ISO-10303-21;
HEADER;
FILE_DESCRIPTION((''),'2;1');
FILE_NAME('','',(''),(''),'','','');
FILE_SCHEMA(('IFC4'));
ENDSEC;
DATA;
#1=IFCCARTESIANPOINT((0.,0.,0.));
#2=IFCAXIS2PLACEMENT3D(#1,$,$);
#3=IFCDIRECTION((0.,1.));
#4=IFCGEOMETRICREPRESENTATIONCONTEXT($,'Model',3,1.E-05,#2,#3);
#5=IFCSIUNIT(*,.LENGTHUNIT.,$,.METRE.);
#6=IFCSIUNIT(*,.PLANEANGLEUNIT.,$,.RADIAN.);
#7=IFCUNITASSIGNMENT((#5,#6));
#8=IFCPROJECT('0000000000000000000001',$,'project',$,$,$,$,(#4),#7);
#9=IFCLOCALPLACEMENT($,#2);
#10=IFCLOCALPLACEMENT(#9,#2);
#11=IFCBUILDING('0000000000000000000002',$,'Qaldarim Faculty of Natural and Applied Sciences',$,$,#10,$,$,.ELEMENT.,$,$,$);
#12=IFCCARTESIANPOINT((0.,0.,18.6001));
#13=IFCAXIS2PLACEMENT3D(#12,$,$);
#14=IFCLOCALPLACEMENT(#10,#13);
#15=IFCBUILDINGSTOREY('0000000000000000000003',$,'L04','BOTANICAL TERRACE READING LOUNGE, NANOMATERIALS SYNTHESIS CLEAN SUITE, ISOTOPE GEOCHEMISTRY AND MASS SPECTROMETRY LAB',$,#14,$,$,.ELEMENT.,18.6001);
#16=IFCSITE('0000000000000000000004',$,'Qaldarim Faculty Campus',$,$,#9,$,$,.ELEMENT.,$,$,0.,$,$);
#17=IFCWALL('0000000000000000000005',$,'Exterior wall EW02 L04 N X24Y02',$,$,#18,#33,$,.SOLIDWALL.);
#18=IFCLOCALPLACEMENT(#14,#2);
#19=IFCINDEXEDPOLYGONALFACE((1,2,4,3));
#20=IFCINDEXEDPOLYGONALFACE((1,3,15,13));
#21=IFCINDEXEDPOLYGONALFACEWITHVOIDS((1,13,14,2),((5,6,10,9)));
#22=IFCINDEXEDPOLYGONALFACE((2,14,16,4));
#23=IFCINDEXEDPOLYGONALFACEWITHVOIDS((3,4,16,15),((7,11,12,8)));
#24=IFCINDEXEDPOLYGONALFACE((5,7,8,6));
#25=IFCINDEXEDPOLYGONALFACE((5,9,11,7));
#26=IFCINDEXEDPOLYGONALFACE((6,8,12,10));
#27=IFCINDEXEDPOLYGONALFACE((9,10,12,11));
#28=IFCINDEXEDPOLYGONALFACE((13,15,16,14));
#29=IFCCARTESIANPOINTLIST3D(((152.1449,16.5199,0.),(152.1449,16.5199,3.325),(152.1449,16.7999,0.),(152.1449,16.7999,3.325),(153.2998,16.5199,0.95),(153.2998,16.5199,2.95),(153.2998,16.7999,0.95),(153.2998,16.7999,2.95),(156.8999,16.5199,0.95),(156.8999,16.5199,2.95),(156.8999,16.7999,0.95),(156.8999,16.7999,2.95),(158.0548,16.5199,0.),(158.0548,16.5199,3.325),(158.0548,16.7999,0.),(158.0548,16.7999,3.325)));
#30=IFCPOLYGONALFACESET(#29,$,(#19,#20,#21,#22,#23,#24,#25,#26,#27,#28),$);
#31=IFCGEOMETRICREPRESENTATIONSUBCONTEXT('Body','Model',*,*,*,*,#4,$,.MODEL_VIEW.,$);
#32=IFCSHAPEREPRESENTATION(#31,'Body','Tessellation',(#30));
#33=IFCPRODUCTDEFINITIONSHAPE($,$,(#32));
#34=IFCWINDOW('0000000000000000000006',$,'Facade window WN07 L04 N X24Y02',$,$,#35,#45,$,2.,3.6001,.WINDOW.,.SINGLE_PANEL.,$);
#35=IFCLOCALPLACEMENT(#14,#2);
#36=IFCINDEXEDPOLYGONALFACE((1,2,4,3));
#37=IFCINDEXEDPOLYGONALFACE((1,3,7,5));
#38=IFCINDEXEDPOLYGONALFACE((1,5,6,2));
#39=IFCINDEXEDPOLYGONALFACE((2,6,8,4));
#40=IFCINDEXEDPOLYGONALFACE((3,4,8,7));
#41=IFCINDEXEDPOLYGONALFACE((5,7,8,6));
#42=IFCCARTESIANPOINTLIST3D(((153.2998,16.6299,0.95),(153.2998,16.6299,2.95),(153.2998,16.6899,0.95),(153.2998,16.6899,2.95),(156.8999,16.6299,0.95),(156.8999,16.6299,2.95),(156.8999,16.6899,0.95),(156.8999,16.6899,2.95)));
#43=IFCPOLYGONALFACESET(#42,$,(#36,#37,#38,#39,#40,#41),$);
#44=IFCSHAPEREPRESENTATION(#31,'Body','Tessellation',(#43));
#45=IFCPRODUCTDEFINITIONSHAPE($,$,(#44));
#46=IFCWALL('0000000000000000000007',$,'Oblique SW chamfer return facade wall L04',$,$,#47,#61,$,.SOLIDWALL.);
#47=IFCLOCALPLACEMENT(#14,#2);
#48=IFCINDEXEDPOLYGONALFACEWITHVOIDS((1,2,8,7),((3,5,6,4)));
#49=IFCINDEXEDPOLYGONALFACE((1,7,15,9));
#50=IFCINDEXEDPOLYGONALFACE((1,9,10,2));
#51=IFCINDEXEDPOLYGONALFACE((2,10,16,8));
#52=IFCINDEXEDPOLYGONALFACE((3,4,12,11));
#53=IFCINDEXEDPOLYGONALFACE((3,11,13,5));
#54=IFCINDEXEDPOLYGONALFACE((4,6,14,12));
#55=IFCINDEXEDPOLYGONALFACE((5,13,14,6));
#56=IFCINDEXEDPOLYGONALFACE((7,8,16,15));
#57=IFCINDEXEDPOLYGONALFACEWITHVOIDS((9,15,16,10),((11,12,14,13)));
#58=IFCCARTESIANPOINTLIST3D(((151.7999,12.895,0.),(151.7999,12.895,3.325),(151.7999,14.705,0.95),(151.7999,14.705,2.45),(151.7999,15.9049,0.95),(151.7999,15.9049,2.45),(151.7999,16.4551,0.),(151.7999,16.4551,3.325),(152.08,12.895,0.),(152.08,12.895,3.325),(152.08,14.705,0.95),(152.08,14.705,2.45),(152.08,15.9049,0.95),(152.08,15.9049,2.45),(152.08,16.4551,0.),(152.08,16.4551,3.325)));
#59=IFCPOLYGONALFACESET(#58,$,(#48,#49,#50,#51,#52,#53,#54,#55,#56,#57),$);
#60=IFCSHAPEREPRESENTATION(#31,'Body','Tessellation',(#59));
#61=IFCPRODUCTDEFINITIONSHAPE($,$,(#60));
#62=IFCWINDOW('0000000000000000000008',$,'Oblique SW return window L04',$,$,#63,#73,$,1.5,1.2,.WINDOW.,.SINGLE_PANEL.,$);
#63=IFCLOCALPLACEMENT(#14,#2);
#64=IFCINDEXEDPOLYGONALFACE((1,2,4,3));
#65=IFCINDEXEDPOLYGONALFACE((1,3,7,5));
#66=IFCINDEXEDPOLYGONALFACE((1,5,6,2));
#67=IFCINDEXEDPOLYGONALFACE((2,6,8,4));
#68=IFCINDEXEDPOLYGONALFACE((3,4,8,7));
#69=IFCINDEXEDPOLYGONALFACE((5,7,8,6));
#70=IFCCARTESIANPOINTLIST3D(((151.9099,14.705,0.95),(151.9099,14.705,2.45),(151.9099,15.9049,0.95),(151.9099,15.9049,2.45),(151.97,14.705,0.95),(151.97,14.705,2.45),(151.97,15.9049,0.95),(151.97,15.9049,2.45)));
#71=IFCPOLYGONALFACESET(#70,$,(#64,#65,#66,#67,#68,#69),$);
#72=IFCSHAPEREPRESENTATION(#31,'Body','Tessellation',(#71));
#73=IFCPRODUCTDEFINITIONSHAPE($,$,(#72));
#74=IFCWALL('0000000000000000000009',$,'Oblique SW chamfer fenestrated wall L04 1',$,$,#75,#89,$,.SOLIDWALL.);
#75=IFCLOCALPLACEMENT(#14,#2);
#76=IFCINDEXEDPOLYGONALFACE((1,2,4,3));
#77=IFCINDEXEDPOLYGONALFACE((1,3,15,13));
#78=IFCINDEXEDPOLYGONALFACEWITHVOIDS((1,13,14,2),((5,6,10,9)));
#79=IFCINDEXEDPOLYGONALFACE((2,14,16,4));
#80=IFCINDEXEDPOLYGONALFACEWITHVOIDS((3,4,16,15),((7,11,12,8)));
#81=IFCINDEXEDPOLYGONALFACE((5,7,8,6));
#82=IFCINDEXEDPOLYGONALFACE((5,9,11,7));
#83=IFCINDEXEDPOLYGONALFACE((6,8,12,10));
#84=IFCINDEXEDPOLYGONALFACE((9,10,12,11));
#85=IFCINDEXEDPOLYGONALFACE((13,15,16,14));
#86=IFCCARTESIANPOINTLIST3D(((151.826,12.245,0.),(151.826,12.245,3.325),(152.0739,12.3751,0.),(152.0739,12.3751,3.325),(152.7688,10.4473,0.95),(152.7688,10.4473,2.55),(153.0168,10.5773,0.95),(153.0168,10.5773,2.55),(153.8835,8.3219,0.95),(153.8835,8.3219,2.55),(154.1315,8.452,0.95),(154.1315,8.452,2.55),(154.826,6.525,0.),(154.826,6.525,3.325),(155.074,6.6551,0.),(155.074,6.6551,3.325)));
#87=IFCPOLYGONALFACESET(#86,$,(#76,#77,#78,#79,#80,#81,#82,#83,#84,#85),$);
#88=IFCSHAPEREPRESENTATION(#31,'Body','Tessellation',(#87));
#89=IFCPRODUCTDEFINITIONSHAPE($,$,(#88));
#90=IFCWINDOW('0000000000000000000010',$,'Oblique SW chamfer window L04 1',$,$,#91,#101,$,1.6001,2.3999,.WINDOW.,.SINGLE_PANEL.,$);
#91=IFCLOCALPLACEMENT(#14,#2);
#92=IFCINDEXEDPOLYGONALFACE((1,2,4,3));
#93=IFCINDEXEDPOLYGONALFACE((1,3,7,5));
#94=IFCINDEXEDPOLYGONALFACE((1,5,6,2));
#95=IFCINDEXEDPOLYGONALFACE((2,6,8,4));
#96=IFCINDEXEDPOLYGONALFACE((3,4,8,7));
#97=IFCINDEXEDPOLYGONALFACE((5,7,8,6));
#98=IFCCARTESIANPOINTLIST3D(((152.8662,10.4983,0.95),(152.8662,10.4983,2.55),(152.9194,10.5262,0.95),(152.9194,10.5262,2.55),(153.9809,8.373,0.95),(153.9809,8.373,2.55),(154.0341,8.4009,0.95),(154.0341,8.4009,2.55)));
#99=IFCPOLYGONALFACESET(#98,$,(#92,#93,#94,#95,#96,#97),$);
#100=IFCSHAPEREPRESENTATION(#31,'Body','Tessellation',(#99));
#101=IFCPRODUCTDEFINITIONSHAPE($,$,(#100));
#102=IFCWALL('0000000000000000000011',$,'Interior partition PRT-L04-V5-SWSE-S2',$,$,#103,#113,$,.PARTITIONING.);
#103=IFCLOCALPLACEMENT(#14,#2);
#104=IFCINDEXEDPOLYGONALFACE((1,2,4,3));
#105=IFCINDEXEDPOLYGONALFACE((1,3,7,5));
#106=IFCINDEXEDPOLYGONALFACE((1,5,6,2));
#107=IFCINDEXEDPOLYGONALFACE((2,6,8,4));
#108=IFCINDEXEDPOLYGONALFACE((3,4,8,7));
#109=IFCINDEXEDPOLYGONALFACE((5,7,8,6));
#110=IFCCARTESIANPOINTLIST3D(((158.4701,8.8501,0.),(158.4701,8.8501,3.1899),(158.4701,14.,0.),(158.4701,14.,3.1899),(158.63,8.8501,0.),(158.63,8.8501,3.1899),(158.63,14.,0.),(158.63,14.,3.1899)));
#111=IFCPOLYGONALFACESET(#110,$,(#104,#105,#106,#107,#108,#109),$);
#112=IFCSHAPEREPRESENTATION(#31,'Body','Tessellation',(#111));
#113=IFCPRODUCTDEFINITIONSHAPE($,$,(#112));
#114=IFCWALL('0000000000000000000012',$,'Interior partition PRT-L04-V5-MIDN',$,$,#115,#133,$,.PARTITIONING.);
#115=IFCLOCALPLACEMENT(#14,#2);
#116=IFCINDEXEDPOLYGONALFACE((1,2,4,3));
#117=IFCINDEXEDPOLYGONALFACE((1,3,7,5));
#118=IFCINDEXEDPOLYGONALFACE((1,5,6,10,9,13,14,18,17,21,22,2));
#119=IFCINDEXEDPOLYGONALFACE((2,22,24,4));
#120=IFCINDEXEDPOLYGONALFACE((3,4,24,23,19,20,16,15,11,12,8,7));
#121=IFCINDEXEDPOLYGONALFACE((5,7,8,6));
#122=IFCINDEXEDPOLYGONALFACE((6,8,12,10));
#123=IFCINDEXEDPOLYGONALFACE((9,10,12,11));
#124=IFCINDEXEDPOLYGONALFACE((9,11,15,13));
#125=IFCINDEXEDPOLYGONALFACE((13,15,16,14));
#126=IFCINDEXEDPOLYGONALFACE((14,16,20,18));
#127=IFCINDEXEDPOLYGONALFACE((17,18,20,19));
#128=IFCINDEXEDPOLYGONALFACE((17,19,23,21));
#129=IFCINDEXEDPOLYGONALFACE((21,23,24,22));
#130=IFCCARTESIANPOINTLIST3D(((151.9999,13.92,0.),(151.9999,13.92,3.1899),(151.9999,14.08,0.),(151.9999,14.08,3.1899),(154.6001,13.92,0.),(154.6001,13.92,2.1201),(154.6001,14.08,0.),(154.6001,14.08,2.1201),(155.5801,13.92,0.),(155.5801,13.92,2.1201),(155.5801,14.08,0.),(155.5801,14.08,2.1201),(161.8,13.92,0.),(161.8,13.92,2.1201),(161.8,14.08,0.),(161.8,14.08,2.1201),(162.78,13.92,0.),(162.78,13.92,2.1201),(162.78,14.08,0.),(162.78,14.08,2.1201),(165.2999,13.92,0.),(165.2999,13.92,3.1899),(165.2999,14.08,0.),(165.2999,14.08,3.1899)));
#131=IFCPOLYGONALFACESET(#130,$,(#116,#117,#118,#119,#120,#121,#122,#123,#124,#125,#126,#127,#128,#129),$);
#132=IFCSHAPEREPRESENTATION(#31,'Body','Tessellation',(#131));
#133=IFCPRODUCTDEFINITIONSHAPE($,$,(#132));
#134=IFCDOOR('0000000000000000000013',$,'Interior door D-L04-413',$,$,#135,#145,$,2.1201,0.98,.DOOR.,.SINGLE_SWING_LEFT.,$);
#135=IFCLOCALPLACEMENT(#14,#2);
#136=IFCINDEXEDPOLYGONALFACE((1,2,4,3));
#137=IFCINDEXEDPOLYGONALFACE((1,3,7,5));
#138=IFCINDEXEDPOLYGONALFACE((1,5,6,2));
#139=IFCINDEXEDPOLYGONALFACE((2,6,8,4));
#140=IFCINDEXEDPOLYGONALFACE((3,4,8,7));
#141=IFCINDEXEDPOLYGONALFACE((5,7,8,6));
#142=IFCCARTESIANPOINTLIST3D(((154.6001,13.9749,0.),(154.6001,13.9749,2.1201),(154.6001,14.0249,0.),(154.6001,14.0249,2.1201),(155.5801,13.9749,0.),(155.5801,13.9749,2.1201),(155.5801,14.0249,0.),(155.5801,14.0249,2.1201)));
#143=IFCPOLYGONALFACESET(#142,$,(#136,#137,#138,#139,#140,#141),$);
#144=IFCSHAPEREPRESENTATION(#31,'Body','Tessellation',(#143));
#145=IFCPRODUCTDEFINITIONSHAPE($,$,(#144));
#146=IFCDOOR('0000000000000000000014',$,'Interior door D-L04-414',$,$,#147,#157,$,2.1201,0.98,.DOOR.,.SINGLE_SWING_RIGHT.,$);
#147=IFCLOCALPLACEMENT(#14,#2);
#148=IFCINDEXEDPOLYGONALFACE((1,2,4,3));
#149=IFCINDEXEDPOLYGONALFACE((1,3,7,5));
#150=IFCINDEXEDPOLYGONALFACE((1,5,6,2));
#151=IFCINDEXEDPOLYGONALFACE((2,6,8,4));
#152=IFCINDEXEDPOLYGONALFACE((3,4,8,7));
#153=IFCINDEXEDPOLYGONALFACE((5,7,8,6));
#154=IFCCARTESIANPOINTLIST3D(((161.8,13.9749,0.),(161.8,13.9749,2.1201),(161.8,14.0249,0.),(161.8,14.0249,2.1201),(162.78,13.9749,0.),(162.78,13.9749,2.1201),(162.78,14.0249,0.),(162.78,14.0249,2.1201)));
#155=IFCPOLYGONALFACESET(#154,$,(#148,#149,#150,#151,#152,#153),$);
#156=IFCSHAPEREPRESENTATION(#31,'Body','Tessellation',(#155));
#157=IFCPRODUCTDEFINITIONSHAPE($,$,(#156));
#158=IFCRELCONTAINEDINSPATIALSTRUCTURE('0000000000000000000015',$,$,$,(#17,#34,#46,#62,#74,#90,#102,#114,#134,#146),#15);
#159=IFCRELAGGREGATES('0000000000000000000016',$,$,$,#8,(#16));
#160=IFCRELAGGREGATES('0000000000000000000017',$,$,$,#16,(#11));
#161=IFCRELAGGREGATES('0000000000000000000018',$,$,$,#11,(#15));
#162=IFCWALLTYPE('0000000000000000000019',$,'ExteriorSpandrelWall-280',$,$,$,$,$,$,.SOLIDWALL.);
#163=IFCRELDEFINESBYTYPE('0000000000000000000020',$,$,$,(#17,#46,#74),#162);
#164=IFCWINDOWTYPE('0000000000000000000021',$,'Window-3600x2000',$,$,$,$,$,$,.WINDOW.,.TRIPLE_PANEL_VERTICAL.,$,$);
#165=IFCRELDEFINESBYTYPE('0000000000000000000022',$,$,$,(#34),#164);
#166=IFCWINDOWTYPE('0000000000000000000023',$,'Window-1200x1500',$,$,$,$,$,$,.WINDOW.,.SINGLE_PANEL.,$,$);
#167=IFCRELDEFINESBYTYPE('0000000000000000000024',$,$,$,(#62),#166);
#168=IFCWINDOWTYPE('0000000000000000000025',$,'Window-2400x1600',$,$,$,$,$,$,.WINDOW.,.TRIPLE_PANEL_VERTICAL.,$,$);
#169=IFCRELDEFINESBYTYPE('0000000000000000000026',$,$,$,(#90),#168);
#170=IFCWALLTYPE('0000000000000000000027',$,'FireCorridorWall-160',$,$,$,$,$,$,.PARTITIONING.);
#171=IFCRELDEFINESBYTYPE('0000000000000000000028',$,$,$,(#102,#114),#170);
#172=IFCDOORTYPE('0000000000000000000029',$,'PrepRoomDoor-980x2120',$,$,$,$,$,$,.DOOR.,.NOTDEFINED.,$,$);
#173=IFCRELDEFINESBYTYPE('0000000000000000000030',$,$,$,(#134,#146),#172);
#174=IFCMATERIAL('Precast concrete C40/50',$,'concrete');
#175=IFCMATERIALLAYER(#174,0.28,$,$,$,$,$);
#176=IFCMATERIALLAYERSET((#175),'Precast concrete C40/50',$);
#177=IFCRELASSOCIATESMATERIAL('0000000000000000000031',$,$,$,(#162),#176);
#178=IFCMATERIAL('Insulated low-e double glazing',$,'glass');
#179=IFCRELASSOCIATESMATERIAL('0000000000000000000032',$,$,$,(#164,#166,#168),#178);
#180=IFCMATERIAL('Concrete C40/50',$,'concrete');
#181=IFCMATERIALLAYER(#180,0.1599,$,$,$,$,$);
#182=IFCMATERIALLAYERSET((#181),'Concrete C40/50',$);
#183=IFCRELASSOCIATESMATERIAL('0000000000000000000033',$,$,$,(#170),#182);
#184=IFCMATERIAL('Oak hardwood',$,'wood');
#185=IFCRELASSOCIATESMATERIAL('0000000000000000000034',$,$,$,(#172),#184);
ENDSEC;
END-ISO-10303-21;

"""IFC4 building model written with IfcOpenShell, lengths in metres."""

from ifc_helpers import new_model, si_unit, direction, frame, frame_2d, origin, place, context, subcontext, project, spatial, rectangle, extrude, material, layer, layer_set, type_object, element, fill, save


model = new_model("IFC4")

# Units and contexts
model_context = context("Model", 3, precision=1e-05, world=origin(), true_north=direction((0.0, 1.0)))
body_context = subcontext(model_context, "Body", "Model", "MODEL_VIEW")
ifc_project = project(units=[si_unit("LENGTHUNIT", "METRE"), si_unit("PLANEANGLEUNIT", "RADIAN")], contexts=[model_context])

# Site, building, storey
site_placement = place(None, origin())
site = spatial("IfcSite", under=ifc_project, at=site_placement, Name="Qaldarim Faculty Campus", CompositionType="ELEMENT", RefElevation=0.0)
building_placement = place(site_placement, origin())
building = spatial("IfcBuilding", under=site, at=building_placement, Name="Qaldarim Faculty of Natural and Applied Sciences", CompositionType="ELEMENT")
storey_placement = place(building_placement, frame((0.0, 0.0, 18.6001)))
storey = spatial("IfcBuildingStorey", under=building, at=storey_placement, Name="L04", Description="BOTANICAL TERRACE READING LOUNGE, NANOMATERIALS SYNTHESIS CLEAN SUITE, ISOTOPE GEOCHEMISTRY AND MASS SPECTROMETRY LAB", CompositionType="ELEMENT", Elevation=18.6001)

# Shared definitions
ifc_material_1 = material(Name="Concrete C40/50", Category="concrete")

# Shared definitions
ifc_material_2 = material(Name="Precast concrete C40/50", Category="concrete")

# Walls, openings, windows
ifc_layer_1 = layer(ifc_material_2, 0.28)
ifc_layer_set_1 = layer_set([ifc_layer_1], Name="Precast concrete C40/50")
wall_type_1 = type_object("IfcWallType", Name="ExteriorSpandrelWall-280", PredefinedType="SOLIDWALL", material=ifc_layer_set_1)
wall_1_placement = place(storey_placement, frame((158.0549, 16.6599, 0.0), z_axis=(0.0, 0.0, 1.0), x_axis=(-1.0, 0.0, 0.0)))
wall_1 = element("IfcWall", 1, at=wall_1_placement, inside=storey, type_object=wall_type_1, Name="Exterior wall EW02 L04 N X24Y02", PredefinedType="SOLIDWALL", context=body_context, shape_type="SweptSolid", body=[
    extrude(rectangle(XDim=5.9099, YDim=0.28, at=frame_2d((2.9551, 0.0))), origin(), (0.0, 0.0, 1.0), 3.325),
])
opening_1_placement = place(wall_1_placement, frame((1.155, 0.0, 0.95)))
opening_1 = element("IfcOpeningElement", 2, at=opening_1_placement, cuts=wall_1, PredefinedType="OPENING", context=body_context, shape_type="SweptSolid", body=[
    extrude(rectangle(XDim=3.6001, YDim=2.0, at=frame_2d((1.8, 1.0))), frame((0.0, 0.1499, 0.0), z_axis=(0.0, -1.0, 0.0), x_axis=(1.0, 0.0, 0.0)), (0.0, 0.0, 1.0), 0.3),
])
ifc_material_3 = material(Name="Insulated low-e double glazing", Category="glass")
window_type_1 = type_object("IfcWindowType", Name="Window-3600x2000", PartitioningType="TRIPLE_PANEL_VERTICAL", PredefinedType="WINDOW", material=ifc_material_3)
window_1_placement = place(opening_1_placement, origin())
window_1 = element("IfcWindow", 3, at=window_1_placement, inside=storey, type_object=window_type_1, Name="Facade window WN07 L04 N X24Y02", OverallHeight=2.0, OverallWidth=3.6001, PartitioningType="SINGLE_PANEL", PredefinedType="WINDOW", context=body_context, shape_type="SweptSolid", body=[
    extrude(rectangle(XDim=3.6001, YDim=2.0, at=frame_2d((1.8, 1.0))), frame((0.0, 0.03, 0.0), z_axis=(0.0, -1.0, 0.0), x_axis=(1.0, 0.0, 0.0)), (0.0, 0.0, 1.0), 0.0601),
])
fill(opening_1, window_1)
wall_2_placement = place(storey_placement, frame((151.9399, 16.4551, 0.0), z_axis=(0.0, 0.0, 1.0), x_axis=(0.0, -1.0, 0.0)))
wall_2 = element("IfcWall", 4, at=wall_2_placement, inside=storey, type_object=wall_type_1, Name="Oblique SW chamfer return facade wall L04", PredefinedType="SOLIDWALL", context=body_context, shape_type="SweptSolid", body=[
    extrude(rectangle(XDim=3.5601, YDim=0.28, at=frame_2d((1.78, 0.0))), origin(), (0.0, 0.0, 1.0), 3.325),
])
opening_2_placement = place(wall_2_placement, frame((0.55, 0.0, 0.95)))
opening_2 = element("IfcOpeningElement", 5, at=opening_2_placement, cuts=wall_2, PredefinedType="OPENING", context=body_context, shape_type="SweptSolid", body=[
    extrude(rectangle(XDim=1.2, YDim=1.5, at=frame_2d((0.6001, 0.75))), frame((0.0, 0.1499, 0.0), z_axis=(0.0, -1.0, 0.0), x_axis=(1.0, 0.0, 0.0)), (0.0, 0.0, 1.0), 0.3),
])
window_type_2 = type_object("IfcWindowType", Name="Window-1200x1500", PartitioningType="SINGLE_PANEL", PredefinedType="WINDOW", material=ifc_material_3)
window_2_placement = place(opening_2_placement, origin())
window_2 = element("IfcWindow", 6, at=window_2_placement, inside=storey, type_object=window_type_2, Name="Oblique SW return window L04", OverallHeight=1.5, OverallWidth=1.2, PartitioningType="SINGLE_PANEL", PredefinedType="WINDOW", context=body_context, shape_type="SweptSolid", body=[
    extrude(rectangle(XDim=1.2, YDim=1.5, at=frame_2d((0.6001, 0.75))), frame((0.0, 0.03, 0.0), z_axis=(0.0, -1.0, 0.0), x_axis=(1.0, 0.0, 0.0)), (0.0, 0.0, 1.0), 0.0601),
])
fill(opening_2, window_2)
wall_3_placement = place(storey_placement, frame((151.95, 12.3101, 0.0), z_axis=(0.0, 0.0, 1.0), x_axis=(0.464472, -0.885588, 0.0)))
wall_3 = element("IfcWall", 7, at=wall_3_placement, inside=storey, type_object=wall_type_1, Name="Oblique SW chamfer fenestrated wall L04 1", PredefinedType="SOLIDWALL", context=body_context, shape_type="SweptSolid", body=[
    extrude(rectangle(XDim=6.459, YDim=0.28, at=frame_2d((3.2295, 0.0))), origin(), (0.0, 0.0, 1.0), 3.325),
])
opening_3_placement = place(wall_3_placement, frame((2.03, 0.0, 0.95)))
opening_3 = element("IfcOpeningElement", 8, at=opening_3_placement, cuts=wall_3, PredefinedType="OPENING", context=body_context, shape_type="SweptSolid", body=[
    extrude(rectangle(XDim=2.3999, YDim=1.6001, at=frame_2d((1.2, 0.8))), frame((0.0, 0.1499, 0.0), z_axis=(0.0, -1.0, 0.0), x_axis=(1.0, 0.0, 0.0)), (0.0, 0.0, 1.0), 0.3),
])
window_type_3 = type_object("IfcWindowType", Name="Window-2400x1600", PartitioningType="TRIPLE_PANEL_VERTICAL", PredefinedType="WINDOW", material=ifc_material_3)
window_3_placement = place(opening_3_placement, origin())
window_3 = element("IfcWindow", 9, at=window_3_placement, inside=storey, type_object=window_type_3, Name="Oblique SW chamfer window L04 1", OverallHeight=1.6001, OverallWidth=2.3999, PartitioningType="SINGLE_PANEL", PredefinedType="WINDOW", context=body_context, shape_type="SweptSolid", body=[
    extrude(rectangle(XDim=2.3999, YDim=1.6001, at=frame_2d((1.2, 0.8))), frame((0.0, 0.03, 0.0), z_axis=(0.0, -1.0, 0.0), x_axis=(1.0, 0.0, 0.0)), (0.0, 0.0, 1.0), 0.0601),
])
fill(opening_3, window_3)

# Wall
ifc_layer_2 = layer(ifc_material_1, 0.1599)
ifc_layer_set_2 = layer_set([ifc_layer_2], Name="Concrete C40/50")
wall_type_2 = type_object("IfcWallType", Name="FireCorridorWall-160", PredefinedType="PARTITIONING", material=ifc_layer_set_2)
wall_4_placement = place(storey_placement, frame((158.55, 8.8501, 0.0), z_axis=(0.0, 0.0, 1.0), x_axis=(0.0, 1.0, 0.0)))
element("IfcWall", 10, at=wall_4_placement, inside=storey, type_object=wall_type_2, Name="Interior partition PRT-L04-V5-SWSE-S2", PredefinedType="PARTITIONING", context=body_context, shape_type="SweptSolid", body=[
    extrude(rectangle(XDim=5.1499, YDim=0.1599, at=frame_2d((2.575, 0.0))), origin(), (0.0, 0.0, 1.0), 3.1899),
])

# Wall, openings, doors
wall_5_placement = place(storey_placement, frame((152.0, 14.0, 0.0), z_axis=(0.0, 0.0, 1.0), x_axis=(1.0, 0.0, 0.0)))
wall_5 = element("IfcWall", 11, at=wall_5_placement, inside=storey, type_object=wall_type_2, Name="Interior partition PRT-L04-V5-MIDN", PredefinedType="PARTITIONING", context=body_context, shape_type="SweptSolid", body=[
    extrude(rectangle(XDim=13.3, YDim=0.1599, at=frame_2d((6.6499, 0.0))), origin(), (0.0, 0.0, 1.0), 3.1899),
])
opening_4_placement = place(wall_5_placement, frame((2.6001, 0.0, 0.0)))
opening_4 = element("IfcOpeningElement", 12, at=opening_4_placement, cuts=wall_5, PredefinedType="OPENING", context=body_context, shape_type="SweptSolid", body=[
    extrude(rectangle(XDim=0.98, YDim=2.1201, at=frame_2d((0.49, 1.0601))), frame((0.0, 0.0898, 0.0), z_axis=(0.0, -1.0, 0.0), x_axis=(1.0, 0.0, 0.0)), (0.0, 0.0, 1.0), 0.1799),
])
opening_5_placement = place(wall_5_placement, frame((9.8, 0.0, 0.0)))
opening_5 = element("IfcOpeningElement", 13, at=opening_5_placement, cuts=wall_5, PredefinedType="OPENING", context=body_context, shape_type="SweptSolid", body=[
    extrude(rectangle(XDim=0.98, YDim=2.1201, at=frame_2d((0.49, 1.0601))), frame((0.0, 0.0898, 0.0), z_axis=(0.0, -1.0, 0.0), x_axis=(1.0, 0.0, 0.0)), (0.0, 0.0, 1.0), 0.1799),
])
ifc_material_4 = material(Name="Oak hardwood", Category="wood")
door_type_1 = type_object("IfcDoorType", Name="PrepRoomDoor-980x2120", OperationType="NOTDEFINED", PredefinedType="DOOR", material=ifc_material_4)
door_1_placement = place(opening_4_placement, origin())
door_1 = element("IfcDoor", 14, at=door_1_placement, inside=storey, type_object=door_type_1, Name="Interior door D-L04-413", OperationType="SINGLE_SWING_LEFT", OverallHeight=2.1201, OverallWidth=0.98, PredefinedType="DOOR", context=body_context, shape_type="SweptSolid", body=[
    extrude(rectangle(XDim=0.98, YDim=2.1201, at=frame_2d((0.49, 1.0601))), frame((0.0, 0.0249, 0.0), z_axis=(0.0, -1.0, 0.0), x_axis=(1.0, 0.0, 0.0)), (0.0, 0.0, 1.0), 0.05),
])
fill(opening_4, door_1)
door_2_placement = place(opening_5_placement, origin())
door_2 = element("IfcDoor", 15, at=door_2_placement, inside=storey, type_object=door_type_1, Name="Interior door D-L04-414", OperationType="SINGLE_SWING_RIGHT", OverallHeight=2.1201, OverallWidth=0.98, PredefinedType="DOOR", context=body_context, shape_type="SweptSolid", body=[
    extrude(rectangle(XDim=0.98, YDim=2.1201, at=frame_2d((0.49, 1.0601))), frame((0.0, 0.0249, 0.0), z_axis=(0.0, -1.0, 0.0), x_axis=(1.0, 0.0, 0.0)), (0.0, 0.0, 1.0), 0.05),
])
fill(opening_5, door_2)

save(model, "model.ifc")
